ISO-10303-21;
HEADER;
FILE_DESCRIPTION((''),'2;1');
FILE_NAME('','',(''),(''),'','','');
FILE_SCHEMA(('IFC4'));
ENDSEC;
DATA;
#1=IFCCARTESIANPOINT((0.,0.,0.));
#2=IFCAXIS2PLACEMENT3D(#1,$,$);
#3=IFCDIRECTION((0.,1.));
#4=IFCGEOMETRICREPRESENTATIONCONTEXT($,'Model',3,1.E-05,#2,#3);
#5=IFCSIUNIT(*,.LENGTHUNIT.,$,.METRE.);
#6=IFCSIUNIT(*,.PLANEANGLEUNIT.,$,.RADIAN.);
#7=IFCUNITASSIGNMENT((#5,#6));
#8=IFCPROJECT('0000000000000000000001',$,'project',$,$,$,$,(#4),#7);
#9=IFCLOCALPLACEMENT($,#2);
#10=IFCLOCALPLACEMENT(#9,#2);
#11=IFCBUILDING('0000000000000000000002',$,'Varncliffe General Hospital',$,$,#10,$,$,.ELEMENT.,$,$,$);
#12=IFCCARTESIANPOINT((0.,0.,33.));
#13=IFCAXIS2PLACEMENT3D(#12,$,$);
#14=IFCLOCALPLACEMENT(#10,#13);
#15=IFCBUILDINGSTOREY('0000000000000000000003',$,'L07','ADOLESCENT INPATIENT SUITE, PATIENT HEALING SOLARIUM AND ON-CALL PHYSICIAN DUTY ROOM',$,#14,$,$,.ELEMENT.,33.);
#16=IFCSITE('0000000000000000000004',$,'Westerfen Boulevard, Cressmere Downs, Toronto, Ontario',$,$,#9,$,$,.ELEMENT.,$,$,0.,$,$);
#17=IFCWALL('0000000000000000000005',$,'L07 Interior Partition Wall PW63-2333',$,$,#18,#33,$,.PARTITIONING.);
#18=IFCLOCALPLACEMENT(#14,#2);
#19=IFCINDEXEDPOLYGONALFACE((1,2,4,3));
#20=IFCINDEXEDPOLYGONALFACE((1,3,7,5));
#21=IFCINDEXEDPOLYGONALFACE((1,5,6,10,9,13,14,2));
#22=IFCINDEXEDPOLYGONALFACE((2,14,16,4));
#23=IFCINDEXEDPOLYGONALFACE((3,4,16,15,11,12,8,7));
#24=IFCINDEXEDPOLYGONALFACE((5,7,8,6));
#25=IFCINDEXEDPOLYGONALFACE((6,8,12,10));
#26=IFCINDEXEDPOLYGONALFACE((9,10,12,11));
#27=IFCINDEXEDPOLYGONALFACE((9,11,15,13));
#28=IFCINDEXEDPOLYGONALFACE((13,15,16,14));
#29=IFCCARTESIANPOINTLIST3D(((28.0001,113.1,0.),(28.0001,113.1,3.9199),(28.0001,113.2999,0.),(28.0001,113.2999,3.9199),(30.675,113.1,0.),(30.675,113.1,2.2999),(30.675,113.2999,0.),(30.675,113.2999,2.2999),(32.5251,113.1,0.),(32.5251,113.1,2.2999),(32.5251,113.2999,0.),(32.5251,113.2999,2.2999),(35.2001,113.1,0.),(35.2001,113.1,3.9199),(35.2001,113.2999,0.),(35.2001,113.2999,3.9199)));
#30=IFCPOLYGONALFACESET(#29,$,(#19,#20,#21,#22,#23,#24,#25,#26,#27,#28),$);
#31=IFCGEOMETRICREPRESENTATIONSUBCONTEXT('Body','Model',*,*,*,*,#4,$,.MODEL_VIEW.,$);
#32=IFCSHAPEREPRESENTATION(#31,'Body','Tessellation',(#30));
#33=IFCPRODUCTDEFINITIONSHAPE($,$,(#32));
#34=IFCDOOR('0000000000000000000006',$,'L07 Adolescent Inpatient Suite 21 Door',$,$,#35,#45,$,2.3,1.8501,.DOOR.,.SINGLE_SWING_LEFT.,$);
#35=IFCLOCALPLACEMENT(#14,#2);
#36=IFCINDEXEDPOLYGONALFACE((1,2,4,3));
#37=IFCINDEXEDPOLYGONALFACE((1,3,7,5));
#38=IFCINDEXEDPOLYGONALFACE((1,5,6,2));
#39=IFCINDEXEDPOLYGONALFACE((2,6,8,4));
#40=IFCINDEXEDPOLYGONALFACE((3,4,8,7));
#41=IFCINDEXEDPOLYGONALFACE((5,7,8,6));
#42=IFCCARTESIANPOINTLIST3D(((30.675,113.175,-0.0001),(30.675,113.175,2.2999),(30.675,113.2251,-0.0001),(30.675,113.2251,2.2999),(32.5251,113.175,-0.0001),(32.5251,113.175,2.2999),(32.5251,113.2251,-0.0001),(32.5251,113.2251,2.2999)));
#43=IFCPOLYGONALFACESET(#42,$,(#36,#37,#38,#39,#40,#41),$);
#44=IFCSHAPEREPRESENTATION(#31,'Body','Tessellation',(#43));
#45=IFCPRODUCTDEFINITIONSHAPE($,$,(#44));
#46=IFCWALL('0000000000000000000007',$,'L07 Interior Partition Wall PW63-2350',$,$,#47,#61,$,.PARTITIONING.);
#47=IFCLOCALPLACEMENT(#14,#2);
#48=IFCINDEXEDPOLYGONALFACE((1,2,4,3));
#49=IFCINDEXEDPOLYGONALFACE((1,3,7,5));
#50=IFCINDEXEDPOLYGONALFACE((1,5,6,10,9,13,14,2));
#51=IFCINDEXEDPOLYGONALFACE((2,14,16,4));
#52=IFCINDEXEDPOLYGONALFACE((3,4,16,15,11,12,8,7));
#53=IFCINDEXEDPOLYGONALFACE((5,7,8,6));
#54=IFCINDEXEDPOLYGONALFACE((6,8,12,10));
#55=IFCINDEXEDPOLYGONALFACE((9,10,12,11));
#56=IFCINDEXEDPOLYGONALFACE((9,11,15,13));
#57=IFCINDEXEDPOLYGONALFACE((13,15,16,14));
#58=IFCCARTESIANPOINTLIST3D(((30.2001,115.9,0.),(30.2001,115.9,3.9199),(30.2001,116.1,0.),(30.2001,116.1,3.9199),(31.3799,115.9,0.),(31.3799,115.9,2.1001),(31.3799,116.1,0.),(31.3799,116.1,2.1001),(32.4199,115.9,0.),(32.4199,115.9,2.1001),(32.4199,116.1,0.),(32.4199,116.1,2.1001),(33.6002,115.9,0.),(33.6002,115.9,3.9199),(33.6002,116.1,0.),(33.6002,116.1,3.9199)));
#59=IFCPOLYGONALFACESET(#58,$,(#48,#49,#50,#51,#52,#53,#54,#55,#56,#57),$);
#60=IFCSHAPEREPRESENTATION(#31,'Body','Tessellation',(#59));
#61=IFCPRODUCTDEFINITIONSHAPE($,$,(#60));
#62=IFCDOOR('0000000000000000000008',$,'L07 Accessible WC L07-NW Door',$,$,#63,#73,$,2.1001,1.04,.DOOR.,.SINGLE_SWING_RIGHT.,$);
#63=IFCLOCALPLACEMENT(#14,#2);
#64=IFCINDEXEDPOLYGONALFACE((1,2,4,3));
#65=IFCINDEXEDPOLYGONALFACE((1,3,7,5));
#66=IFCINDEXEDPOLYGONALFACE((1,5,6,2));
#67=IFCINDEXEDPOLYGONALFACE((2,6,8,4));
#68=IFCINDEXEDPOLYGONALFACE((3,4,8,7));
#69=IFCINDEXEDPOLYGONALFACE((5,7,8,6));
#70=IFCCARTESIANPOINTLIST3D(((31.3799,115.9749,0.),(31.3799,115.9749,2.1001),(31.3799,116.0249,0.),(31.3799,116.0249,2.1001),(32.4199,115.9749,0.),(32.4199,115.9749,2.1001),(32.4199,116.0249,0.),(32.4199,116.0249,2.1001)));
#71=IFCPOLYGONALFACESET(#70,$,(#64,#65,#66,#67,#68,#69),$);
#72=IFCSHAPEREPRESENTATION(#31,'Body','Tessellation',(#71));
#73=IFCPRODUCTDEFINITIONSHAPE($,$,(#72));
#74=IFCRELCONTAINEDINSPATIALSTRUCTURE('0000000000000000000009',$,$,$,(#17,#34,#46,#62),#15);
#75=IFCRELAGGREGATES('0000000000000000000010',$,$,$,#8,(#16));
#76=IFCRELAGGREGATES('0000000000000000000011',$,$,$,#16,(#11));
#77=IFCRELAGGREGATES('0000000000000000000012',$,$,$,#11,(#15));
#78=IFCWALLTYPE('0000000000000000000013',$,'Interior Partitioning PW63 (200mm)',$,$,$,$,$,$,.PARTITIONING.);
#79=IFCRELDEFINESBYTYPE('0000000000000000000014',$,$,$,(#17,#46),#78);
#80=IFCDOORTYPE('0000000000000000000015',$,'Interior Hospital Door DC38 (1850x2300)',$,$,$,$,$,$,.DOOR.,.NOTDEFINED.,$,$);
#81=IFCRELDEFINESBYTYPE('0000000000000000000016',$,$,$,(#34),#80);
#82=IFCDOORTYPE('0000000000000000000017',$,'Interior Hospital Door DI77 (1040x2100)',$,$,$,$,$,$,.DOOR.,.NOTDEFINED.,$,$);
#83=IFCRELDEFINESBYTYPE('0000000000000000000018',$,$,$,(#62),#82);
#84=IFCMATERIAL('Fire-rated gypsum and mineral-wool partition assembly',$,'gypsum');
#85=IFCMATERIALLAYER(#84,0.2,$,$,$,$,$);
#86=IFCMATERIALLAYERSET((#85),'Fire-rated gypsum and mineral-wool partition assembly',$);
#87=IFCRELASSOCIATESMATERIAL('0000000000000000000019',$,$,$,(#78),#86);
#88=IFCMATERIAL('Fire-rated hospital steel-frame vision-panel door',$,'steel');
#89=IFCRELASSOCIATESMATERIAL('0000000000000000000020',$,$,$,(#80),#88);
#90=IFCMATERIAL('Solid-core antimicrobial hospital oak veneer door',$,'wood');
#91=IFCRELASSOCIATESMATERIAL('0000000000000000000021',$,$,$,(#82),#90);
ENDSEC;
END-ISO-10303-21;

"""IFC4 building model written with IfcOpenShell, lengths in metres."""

from ifc_helpers import new_model, si_unit, direction, frame, frame_2d, origin, place, context, subcontext, project, spatial, rectangle, extrude, material, layer, layer_set, type_object, element, fill, save


model = new_model("IFC4")

# Units and contexts
model_context = context("Model", 3, precision=1e-05, world=origin(), true_north=direction((0.0, 1.0)))
body_context = subcontext(model_context, "Body", "Model", "MODEL_VIEW")
ifc_project = project(units=[si_unit("LENGTHUNIT", "METRE"), si_unit("PLANEANGLEUNIT", "RADIAN")], contexts=[model_context])

# Site, building, storey
site_placement = place(None, origin())
site = spatial("IfcSite", under=ifc_project, at=site_placement, Name="Westerfen Boulevard, Cressmere Downs, Toronto, Ontario", CompositionType="ELEMENT", RefElevation=0.0)
building_placement = place(site_placement, origin())
building = spatial("IfcBuilding", under=site, at=building_placement, Name="Varncliffe General Hospital", CompositionType="ELEMENT")
storey_placement = place(building_placement, frame((0.0, 0.0, 33.0)))
storey = spatial("IfcBuildingStorey", under=building, at=storey_placement, Name="L07", Description="ADOLESCENT INPATIENT SUITE, PATIENT HEALING SOLARIUM AND ON-CALL PHYSICIAN DUTY ROOM", CompositionType="ELEMENT", Elevation=33.0)

# Shared definitions
ifc_material_1 = material(Name="Fire-rated gypsum and mineral-wool partition assembly", Category="gypsum")

# Walls, openings, doors
ifc_layer_1 = layer(ifc_material_1, 0.2)
ifc_layer_set_1 = layer_set([ifc_layer_1], Name="Fire-rated gypsum and mineral-wool partition assembly")
wall_type_1 = type_object("IfcWallType", Name="Interior Partitioning PW63 (200mm)", PredefinedType="PARTITIONING", material=ifc_layer_set_1)
wall_1_placement = place(storey_placement, frame((28.0, 113.2, 0.0), z_axis=(0.0, 0.0, 1.0), x_axis=(1.0, 0.0, 0.0)))
wall_1 = element("IfcWall", 1, at=wall_1_placement, inside=storey, type_object=wall_type_1, Name="L07 Interior Partition Wall PW63-2333", PredefinedType="PARTITIONING", context=body_context, shape_type="SweptSolid", body=[
    extrude(rectangle(XDim=7.2, YDim=0.2, at=frame_2d((3.6001, 0.0))), origin(), (0.0, 0.0, 1.0), 3.9199),
])
opening_1_placement = place(wall_1_placement, frame((2.675, 0.0, 0.0)))
opening_1 = element("IfcOpeningElement", 2, at=opening_1_placement, cuts=wall_1, PredefinedType="OPENING", context=body_context, shape_type="SweptSolid", body=[
    extrude(rectangle(XDim=1.8501, YDim=2.3, at=frame_2d((0.925, 1.1499))), frame((0.0, 0.1099, 0.0), z_axis=(0.0, -1.0, 0.0), x_axis=(1.0, 0.0, 0.0)), (0.0, 0.0, 1.0), 0.22),
])
ifc_material_2 = material(Name="Fire-rated hospital steel-frame vision-panel door", Category="steel")
door_type_1 = type_object("IfcDoorType", Name="Interior Hospital Door DC38 (1850x2300)", OperationType="NOTDEFINED", PredefinedType="DOOR", material=ifc_material_2)
door_1_placement = place(opening_1_placement, frame((1.8501, 0.0, 0.0), z_axis=(0.0, 0.0, 1.0), x_axis=(-1.0, 0.0, 0.0)))
door_1 = element("IfcDoor", 3, at=door_1_placement, inside=storey, type_object=door_type_1, Name="L07 Adolescent Inpatient Suite 21 Door", OperationType="SINGLE_SWING_LEFT", OverallHeight=2.3, OverallWidth=1.8501, PredefinedType="DOOR", context=body_context, shape_type="SweptSolid", body=[
    extrude(rectangle(XDim=1.8501, YDim=2.3, at=frame_2d((0.925, 1.1499))), frame((0.0, 0.0249, 0.0), z_axis=(0.0, -1.0, 0.0), x_axis=(1.0, 0.0, 0.0)), (0.0, 0.0, 1.0), 0.05),
])
fill(opening_1, door_1)
wall_2_placement = place(storey_placement, frame((30.2, 116.0, 0.0), z_axis=(0.0, 0.0, 1.0), x_axis=(1.0, 0.0, 0.0)))
wall_2 = element("IfcWall", 4, at=wall_2_placement, inside=storey, type_object=wall_type_1, Name="L07 Interior Partition Wall PW63-2350", PredefinedType="PARTITIONING", context=body_context, shape_type="SweptSolid", body=[
    extrude(rectangle(XDim=3.4001, YDim=0.2, at=frame_2d((1.7002, 0.0))), origin(), (0.0, 0.0, 1.0), 3.9199),
])
opening_2_placement = place(wall_2_placement, frame((1.1799, 0.0, 0.0)))
opening_2 = element("IfcOpeningElement", 5, at=opening_2_placement, cuts=wall_2, PredefinedType="OPENING", context=body_context, shape_type="SweptSolid", body=[
    extrude(rectangle(XDim=1.04, YDim=2.1001, at=frame_2d((0.52, 1.05))), frame((0.0, 0.1099, 0.0), z_axis=(0.0, -1.0, 0.0), x_axis=(1.0, 0.0, 0.0)), (0.0, 0.0, 1.0), 0.22),
])
ifc_material_3 = material(Name="Solid-core antimicrobial hospital oak veneer door", Category="wood")
door_type_2 = type_object("IfcDoorType", Name="Interior Hospital Door DI77 (1040x2100)", OperationType="NOTDEFINED", PredefinedType="DOOR", material=ifc_material_3)
door_2_placement = place(opening_2_placement, origin())
door_2 = element("IfcDoor", 6, at=door_2_placement, inside=storey, type_object=door_type_2, Name="L07 Accessible WC L07-NW Door", OperationType="SINGLE_SWING_RIGHT", OverallHeight=2.1001, OverallWidth=1.04, PredefinedType="DOOR", context=body_context, shape_type="SweptSolid", body=[
    extrude(rectangle(XDim=1.04, YDim=2.1001, at=frame_2d((0.52, 1.05))), frame((0.0, 0.0249, 0.0), z_axis=(0.0, -1.0, 0.0), x_axis=(1.0, 0.0, 0.0)), (0.0, 0.0, 1.0), 0.05),
])
fill(opening_2, door_2)

save(model, "model.ifc")
